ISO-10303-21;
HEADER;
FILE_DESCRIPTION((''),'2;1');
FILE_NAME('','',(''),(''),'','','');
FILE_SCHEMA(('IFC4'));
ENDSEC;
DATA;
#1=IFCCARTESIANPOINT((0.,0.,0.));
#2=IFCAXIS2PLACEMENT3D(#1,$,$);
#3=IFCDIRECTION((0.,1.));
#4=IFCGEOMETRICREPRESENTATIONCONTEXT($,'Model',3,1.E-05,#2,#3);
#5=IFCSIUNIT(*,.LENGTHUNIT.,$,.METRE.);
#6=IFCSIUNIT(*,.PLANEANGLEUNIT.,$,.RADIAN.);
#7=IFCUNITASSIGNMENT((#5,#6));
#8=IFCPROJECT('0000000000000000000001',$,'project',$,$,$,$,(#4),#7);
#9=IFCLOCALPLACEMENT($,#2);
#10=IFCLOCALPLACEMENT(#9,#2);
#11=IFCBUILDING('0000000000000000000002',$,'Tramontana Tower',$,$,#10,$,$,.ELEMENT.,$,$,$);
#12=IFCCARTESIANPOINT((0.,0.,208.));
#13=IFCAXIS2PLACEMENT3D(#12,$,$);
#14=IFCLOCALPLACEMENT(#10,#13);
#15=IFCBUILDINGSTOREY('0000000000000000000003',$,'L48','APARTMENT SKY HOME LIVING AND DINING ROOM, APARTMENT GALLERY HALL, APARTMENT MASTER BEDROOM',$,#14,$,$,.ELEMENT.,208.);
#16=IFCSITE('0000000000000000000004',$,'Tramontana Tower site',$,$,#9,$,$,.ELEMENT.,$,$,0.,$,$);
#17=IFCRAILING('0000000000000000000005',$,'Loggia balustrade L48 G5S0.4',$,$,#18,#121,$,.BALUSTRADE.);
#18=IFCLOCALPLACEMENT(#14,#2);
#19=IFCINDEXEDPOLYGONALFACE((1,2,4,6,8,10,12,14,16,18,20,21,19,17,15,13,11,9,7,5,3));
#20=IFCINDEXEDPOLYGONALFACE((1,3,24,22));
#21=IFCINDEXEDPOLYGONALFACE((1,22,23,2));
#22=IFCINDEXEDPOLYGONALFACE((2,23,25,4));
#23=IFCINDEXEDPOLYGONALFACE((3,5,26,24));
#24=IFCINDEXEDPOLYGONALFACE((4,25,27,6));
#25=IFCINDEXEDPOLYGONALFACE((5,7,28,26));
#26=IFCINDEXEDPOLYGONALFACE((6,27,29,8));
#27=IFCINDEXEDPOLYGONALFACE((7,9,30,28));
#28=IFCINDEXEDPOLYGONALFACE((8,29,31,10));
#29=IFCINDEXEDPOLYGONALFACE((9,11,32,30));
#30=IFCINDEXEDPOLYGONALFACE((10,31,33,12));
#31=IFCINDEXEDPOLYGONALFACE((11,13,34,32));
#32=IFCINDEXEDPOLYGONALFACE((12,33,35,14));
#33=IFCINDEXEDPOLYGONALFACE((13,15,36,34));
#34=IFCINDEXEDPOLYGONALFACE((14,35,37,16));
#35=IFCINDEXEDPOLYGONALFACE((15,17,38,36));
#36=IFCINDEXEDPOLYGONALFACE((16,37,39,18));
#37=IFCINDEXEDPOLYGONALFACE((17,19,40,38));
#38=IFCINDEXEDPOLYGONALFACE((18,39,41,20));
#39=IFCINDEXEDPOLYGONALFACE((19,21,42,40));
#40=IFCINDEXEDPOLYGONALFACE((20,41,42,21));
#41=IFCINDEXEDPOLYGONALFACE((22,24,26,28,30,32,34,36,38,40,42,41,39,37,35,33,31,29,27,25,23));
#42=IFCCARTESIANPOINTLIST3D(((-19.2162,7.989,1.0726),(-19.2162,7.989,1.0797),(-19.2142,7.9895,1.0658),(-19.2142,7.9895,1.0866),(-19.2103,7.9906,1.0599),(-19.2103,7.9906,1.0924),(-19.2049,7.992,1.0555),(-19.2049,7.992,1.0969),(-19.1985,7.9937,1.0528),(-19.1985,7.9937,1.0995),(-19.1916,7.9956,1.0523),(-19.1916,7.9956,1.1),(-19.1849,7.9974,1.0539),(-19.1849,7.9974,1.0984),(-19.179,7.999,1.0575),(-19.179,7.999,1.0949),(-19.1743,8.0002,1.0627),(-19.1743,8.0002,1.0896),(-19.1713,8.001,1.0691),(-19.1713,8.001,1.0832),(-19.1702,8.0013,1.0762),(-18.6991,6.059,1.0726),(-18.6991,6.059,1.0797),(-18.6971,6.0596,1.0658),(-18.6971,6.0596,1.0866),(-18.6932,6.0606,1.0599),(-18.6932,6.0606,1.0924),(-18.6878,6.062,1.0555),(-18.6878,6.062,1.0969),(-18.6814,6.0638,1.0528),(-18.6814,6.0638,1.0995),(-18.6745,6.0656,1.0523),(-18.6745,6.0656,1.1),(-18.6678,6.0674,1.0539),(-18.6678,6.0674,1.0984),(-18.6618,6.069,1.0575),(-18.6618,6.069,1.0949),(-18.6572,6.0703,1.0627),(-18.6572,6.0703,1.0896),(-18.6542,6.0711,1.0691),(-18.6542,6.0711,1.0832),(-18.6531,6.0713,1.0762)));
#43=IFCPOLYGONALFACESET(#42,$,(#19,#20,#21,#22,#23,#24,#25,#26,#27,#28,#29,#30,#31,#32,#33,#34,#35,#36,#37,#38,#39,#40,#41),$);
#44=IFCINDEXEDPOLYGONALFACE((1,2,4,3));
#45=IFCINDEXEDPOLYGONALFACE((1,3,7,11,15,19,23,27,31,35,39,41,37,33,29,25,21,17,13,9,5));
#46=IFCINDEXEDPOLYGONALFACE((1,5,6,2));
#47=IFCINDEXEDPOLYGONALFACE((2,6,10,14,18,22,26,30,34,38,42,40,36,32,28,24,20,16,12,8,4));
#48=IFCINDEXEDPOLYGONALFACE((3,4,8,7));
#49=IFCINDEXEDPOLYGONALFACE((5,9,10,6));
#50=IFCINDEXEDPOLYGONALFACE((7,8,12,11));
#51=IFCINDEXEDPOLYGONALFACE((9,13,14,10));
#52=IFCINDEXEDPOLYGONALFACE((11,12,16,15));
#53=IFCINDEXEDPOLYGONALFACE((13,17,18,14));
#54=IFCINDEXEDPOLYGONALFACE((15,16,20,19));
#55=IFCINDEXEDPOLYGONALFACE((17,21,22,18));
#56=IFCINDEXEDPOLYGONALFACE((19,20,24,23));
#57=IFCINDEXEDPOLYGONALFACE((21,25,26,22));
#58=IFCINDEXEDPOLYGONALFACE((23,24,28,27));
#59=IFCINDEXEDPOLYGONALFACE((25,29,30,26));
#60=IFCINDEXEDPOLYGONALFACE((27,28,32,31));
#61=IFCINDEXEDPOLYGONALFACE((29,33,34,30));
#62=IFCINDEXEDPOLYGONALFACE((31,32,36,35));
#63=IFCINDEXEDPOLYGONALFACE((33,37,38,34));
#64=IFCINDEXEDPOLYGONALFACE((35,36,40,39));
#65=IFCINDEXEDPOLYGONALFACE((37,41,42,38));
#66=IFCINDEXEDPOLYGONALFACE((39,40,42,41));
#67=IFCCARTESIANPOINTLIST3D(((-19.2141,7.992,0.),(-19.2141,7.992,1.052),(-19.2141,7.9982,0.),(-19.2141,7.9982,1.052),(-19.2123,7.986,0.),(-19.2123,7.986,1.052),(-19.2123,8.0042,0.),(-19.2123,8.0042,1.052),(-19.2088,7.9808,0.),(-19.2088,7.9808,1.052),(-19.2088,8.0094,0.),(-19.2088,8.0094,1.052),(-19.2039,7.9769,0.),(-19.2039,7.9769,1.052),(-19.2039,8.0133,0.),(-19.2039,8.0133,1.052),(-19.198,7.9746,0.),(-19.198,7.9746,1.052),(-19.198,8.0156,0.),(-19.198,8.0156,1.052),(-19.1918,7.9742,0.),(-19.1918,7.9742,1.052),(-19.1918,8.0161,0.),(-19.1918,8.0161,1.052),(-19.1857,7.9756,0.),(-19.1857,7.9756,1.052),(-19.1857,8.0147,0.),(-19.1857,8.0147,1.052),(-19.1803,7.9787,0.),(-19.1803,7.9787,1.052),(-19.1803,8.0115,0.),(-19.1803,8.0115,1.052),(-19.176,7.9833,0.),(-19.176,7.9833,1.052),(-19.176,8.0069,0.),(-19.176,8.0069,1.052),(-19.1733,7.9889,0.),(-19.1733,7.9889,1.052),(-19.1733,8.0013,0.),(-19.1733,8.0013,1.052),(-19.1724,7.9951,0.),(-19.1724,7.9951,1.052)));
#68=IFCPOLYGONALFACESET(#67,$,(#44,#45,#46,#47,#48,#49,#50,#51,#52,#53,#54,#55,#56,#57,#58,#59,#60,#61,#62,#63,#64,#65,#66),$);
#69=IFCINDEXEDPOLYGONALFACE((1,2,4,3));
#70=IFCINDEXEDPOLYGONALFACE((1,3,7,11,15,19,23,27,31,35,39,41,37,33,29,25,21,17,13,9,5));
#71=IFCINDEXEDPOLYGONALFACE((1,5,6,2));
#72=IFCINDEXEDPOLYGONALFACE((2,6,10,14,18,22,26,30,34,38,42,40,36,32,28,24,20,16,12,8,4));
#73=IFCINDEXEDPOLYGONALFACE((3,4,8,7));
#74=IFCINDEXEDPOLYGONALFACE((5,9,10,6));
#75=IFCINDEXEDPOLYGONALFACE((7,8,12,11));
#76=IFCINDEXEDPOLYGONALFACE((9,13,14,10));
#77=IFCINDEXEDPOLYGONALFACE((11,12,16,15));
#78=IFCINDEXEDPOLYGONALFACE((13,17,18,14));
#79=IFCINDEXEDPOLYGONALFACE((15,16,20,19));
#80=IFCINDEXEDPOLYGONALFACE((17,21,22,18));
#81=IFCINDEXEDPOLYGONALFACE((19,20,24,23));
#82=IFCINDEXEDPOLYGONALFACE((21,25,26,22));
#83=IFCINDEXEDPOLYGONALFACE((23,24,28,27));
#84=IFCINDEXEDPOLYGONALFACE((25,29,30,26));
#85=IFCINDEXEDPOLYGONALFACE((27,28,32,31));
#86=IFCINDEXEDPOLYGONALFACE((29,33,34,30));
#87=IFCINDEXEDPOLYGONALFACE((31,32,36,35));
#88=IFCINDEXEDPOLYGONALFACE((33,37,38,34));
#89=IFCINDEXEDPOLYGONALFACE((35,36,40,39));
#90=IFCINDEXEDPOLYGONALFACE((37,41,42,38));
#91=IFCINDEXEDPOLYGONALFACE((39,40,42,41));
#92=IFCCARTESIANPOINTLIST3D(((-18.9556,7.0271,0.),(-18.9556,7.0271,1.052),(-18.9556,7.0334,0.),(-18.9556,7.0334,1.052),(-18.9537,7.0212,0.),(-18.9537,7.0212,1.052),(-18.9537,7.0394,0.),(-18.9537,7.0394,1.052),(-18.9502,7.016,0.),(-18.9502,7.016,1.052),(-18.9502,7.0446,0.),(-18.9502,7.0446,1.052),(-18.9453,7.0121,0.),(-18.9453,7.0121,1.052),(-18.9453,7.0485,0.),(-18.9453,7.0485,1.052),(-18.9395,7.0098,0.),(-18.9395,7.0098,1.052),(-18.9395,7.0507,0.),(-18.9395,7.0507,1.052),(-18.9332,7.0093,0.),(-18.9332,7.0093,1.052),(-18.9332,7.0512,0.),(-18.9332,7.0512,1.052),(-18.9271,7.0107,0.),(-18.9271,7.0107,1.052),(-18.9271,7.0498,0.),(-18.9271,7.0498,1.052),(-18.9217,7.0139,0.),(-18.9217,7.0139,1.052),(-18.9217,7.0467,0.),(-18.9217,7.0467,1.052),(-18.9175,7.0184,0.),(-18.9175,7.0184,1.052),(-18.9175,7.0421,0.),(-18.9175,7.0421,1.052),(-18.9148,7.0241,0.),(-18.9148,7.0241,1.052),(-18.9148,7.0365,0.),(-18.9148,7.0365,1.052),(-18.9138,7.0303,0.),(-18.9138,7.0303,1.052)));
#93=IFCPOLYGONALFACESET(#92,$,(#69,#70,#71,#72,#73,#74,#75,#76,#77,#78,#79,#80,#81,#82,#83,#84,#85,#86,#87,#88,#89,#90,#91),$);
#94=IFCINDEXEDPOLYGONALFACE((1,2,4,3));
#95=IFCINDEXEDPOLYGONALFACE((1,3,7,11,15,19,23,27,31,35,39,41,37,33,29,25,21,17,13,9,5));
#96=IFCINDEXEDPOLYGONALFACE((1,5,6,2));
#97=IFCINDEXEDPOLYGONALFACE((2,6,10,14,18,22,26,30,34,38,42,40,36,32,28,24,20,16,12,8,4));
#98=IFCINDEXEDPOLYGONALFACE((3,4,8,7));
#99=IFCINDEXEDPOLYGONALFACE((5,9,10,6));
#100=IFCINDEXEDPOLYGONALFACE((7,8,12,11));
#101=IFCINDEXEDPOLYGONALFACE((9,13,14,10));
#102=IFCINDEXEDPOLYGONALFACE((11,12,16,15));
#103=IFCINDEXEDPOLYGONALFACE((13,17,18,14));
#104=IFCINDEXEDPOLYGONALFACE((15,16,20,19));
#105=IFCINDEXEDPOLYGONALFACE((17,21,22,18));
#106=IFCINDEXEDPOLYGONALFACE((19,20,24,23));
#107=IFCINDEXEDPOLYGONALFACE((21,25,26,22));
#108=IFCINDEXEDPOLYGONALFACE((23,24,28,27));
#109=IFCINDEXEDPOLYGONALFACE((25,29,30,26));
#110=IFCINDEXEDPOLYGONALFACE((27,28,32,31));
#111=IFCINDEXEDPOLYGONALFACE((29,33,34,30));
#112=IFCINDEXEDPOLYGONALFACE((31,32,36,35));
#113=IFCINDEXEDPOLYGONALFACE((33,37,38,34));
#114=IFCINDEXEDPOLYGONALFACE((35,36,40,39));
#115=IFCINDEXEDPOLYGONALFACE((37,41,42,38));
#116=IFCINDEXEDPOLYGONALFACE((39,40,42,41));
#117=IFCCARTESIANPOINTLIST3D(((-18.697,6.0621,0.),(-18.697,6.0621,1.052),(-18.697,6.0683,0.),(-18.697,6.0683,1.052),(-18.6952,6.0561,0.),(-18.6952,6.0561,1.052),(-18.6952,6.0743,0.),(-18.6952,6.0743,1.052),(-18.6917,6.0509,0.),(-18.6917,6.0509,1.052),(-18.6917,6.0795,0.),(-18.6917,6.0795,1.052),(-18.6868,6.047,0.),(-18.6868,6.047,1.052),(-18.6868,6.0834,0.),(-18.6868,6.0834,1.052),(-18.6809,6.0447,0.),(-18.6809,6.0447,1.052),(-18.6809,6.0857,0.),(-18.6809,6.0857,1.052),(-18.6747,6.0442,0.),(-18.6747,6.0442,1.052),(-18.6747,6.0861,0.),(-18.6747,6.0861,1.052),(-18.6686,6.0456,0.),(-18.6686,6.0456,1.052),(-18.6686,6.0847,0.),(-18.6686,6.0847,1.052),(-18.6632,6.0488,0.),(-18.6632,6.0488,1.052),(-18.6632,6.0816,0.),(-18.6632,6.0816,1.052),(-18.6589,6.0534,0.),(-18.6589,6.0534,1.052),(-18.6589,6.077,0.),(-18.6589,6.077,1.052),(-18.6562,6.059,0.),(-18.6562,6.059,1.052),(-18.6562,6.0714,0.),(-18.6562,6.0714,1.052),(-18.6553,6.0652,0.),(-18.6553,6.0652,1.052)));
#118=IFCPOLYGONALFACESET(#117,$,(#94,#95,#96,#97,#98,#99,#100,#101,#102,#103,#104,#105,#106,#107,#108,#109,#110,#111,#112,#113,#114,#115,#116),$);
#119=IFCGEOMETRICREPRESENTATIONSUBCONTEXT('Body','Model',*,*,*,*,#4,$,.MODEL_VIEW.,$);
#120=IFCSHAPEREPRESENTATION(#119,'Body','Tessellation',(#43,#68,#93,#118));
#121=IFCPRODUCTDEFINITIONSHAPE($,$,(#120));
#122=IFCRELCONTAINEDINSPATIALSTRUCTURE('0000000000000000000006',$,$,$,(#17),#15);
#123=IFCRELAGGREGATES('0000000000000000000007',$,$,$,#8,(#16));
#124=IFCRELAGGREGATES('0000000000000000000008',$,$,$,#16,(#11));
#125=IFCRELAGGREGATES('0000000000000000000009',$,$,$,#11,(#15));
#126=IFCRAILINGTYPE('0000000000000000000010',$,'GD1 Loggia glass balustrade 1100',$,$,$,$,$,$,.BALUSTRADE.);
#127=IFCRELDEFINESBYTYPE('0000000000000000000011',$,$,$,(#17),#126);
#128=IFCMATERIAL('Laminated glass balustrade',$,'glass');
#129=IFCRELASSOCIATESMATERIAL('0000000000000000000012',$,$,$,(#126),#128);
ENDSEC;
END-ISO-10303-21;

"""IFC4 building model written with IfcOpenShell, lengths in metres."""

from ifc_helpers import new_model, si_unit, direction, frame, origin, origin_2d, place, context, subcontext, project, spatial, circle, extrude, material, type_object, element, save


model = new_model("IFC4")

# Units and contexts
model_context = context("Model", 3, precision=1e-05, world=origin(), true_north=direction((0.0, 1.0)))
body_context = subcontext(model_context, "Body", "Model", "MODEL_VIEW")
ifc_project = project(units=[si_unit("LENGTHUNIT", "METRE"), si_unit("PLANEANGLEUNIT", "RADIAN")], contexts=[model_context])

# Site, building, storey
site_placement = place(None, origin())
site = spatial("IfcSite", under=ifc_project, at=site_placement, Name="Tramontana Tower site", CompositionType="ELEMENT", RefElevation=0.0)
building_placement = place(site_placement, origin())
building = spatial("IfcBuilding", under=site, at=building_placement, Name="Tramontana Tower", CompositionType="ELEMENT")
storey_placement = place(building_placement, frame((0.0, 0.0, 208.0)))
storey = spatial("IfcBuildingStorey", under=building, at=storey_placement, Name="L48", Description="APARTMENT SKY HOME LIVING AND DINING ROOM, APARTMENT GALLERY HALL, APARTMENT MASTER BEDROOM", CompositionType="ELEMENT", Elevation=208.0)

# Railing
ifc_material_1 = material(Name="Laminated glass balustrade", Category="glass")
railing_type = type_object("IfcRailingType", Name="GD1 Loggia glass balustrade 1100", PredefinedType="BALUSTRADE", material=ifc_material_1)
railing_placement = place(storey_placement, frame((-19.1934, 7.9951, 0.0)))
element("IfcRailing", 1, at=railing_placement, inside=storey, type_object=railing_type, Name="Loggia balustrade L48 G5S0.4", PredefinedType="BALUSTRADE", context=body_context, shape_type="SweptSolid", body=[
    extrude(circle(Radius=0.0239, at=origin_2d()), frame((0.0, 0.0, 1.0762), z_axis=(0.258803, -0.96593, 0.0), x_axis=(0.96593, 0.258803, 0.0)), (0.0, 0.0, 1.0), 1.998),
    extrude(circle(Radius=0.021, at=origin_2d()), origin(), (0.0, 0.0, 1.0), 1.052),
    extrude(circle(Radius=0.021, at=origin_2d()), frame((0.2585, -0.9648, 0.0)), (0.0, 0.0, 1.0), 1.052),
    extrude(circle(Radius=0.021, at=origin_2d()), frame((0.5171, -1.9299, 0.0)), (0.0, 0.0, 1.0), 1.052),
])

save(model, "model.ifc")
